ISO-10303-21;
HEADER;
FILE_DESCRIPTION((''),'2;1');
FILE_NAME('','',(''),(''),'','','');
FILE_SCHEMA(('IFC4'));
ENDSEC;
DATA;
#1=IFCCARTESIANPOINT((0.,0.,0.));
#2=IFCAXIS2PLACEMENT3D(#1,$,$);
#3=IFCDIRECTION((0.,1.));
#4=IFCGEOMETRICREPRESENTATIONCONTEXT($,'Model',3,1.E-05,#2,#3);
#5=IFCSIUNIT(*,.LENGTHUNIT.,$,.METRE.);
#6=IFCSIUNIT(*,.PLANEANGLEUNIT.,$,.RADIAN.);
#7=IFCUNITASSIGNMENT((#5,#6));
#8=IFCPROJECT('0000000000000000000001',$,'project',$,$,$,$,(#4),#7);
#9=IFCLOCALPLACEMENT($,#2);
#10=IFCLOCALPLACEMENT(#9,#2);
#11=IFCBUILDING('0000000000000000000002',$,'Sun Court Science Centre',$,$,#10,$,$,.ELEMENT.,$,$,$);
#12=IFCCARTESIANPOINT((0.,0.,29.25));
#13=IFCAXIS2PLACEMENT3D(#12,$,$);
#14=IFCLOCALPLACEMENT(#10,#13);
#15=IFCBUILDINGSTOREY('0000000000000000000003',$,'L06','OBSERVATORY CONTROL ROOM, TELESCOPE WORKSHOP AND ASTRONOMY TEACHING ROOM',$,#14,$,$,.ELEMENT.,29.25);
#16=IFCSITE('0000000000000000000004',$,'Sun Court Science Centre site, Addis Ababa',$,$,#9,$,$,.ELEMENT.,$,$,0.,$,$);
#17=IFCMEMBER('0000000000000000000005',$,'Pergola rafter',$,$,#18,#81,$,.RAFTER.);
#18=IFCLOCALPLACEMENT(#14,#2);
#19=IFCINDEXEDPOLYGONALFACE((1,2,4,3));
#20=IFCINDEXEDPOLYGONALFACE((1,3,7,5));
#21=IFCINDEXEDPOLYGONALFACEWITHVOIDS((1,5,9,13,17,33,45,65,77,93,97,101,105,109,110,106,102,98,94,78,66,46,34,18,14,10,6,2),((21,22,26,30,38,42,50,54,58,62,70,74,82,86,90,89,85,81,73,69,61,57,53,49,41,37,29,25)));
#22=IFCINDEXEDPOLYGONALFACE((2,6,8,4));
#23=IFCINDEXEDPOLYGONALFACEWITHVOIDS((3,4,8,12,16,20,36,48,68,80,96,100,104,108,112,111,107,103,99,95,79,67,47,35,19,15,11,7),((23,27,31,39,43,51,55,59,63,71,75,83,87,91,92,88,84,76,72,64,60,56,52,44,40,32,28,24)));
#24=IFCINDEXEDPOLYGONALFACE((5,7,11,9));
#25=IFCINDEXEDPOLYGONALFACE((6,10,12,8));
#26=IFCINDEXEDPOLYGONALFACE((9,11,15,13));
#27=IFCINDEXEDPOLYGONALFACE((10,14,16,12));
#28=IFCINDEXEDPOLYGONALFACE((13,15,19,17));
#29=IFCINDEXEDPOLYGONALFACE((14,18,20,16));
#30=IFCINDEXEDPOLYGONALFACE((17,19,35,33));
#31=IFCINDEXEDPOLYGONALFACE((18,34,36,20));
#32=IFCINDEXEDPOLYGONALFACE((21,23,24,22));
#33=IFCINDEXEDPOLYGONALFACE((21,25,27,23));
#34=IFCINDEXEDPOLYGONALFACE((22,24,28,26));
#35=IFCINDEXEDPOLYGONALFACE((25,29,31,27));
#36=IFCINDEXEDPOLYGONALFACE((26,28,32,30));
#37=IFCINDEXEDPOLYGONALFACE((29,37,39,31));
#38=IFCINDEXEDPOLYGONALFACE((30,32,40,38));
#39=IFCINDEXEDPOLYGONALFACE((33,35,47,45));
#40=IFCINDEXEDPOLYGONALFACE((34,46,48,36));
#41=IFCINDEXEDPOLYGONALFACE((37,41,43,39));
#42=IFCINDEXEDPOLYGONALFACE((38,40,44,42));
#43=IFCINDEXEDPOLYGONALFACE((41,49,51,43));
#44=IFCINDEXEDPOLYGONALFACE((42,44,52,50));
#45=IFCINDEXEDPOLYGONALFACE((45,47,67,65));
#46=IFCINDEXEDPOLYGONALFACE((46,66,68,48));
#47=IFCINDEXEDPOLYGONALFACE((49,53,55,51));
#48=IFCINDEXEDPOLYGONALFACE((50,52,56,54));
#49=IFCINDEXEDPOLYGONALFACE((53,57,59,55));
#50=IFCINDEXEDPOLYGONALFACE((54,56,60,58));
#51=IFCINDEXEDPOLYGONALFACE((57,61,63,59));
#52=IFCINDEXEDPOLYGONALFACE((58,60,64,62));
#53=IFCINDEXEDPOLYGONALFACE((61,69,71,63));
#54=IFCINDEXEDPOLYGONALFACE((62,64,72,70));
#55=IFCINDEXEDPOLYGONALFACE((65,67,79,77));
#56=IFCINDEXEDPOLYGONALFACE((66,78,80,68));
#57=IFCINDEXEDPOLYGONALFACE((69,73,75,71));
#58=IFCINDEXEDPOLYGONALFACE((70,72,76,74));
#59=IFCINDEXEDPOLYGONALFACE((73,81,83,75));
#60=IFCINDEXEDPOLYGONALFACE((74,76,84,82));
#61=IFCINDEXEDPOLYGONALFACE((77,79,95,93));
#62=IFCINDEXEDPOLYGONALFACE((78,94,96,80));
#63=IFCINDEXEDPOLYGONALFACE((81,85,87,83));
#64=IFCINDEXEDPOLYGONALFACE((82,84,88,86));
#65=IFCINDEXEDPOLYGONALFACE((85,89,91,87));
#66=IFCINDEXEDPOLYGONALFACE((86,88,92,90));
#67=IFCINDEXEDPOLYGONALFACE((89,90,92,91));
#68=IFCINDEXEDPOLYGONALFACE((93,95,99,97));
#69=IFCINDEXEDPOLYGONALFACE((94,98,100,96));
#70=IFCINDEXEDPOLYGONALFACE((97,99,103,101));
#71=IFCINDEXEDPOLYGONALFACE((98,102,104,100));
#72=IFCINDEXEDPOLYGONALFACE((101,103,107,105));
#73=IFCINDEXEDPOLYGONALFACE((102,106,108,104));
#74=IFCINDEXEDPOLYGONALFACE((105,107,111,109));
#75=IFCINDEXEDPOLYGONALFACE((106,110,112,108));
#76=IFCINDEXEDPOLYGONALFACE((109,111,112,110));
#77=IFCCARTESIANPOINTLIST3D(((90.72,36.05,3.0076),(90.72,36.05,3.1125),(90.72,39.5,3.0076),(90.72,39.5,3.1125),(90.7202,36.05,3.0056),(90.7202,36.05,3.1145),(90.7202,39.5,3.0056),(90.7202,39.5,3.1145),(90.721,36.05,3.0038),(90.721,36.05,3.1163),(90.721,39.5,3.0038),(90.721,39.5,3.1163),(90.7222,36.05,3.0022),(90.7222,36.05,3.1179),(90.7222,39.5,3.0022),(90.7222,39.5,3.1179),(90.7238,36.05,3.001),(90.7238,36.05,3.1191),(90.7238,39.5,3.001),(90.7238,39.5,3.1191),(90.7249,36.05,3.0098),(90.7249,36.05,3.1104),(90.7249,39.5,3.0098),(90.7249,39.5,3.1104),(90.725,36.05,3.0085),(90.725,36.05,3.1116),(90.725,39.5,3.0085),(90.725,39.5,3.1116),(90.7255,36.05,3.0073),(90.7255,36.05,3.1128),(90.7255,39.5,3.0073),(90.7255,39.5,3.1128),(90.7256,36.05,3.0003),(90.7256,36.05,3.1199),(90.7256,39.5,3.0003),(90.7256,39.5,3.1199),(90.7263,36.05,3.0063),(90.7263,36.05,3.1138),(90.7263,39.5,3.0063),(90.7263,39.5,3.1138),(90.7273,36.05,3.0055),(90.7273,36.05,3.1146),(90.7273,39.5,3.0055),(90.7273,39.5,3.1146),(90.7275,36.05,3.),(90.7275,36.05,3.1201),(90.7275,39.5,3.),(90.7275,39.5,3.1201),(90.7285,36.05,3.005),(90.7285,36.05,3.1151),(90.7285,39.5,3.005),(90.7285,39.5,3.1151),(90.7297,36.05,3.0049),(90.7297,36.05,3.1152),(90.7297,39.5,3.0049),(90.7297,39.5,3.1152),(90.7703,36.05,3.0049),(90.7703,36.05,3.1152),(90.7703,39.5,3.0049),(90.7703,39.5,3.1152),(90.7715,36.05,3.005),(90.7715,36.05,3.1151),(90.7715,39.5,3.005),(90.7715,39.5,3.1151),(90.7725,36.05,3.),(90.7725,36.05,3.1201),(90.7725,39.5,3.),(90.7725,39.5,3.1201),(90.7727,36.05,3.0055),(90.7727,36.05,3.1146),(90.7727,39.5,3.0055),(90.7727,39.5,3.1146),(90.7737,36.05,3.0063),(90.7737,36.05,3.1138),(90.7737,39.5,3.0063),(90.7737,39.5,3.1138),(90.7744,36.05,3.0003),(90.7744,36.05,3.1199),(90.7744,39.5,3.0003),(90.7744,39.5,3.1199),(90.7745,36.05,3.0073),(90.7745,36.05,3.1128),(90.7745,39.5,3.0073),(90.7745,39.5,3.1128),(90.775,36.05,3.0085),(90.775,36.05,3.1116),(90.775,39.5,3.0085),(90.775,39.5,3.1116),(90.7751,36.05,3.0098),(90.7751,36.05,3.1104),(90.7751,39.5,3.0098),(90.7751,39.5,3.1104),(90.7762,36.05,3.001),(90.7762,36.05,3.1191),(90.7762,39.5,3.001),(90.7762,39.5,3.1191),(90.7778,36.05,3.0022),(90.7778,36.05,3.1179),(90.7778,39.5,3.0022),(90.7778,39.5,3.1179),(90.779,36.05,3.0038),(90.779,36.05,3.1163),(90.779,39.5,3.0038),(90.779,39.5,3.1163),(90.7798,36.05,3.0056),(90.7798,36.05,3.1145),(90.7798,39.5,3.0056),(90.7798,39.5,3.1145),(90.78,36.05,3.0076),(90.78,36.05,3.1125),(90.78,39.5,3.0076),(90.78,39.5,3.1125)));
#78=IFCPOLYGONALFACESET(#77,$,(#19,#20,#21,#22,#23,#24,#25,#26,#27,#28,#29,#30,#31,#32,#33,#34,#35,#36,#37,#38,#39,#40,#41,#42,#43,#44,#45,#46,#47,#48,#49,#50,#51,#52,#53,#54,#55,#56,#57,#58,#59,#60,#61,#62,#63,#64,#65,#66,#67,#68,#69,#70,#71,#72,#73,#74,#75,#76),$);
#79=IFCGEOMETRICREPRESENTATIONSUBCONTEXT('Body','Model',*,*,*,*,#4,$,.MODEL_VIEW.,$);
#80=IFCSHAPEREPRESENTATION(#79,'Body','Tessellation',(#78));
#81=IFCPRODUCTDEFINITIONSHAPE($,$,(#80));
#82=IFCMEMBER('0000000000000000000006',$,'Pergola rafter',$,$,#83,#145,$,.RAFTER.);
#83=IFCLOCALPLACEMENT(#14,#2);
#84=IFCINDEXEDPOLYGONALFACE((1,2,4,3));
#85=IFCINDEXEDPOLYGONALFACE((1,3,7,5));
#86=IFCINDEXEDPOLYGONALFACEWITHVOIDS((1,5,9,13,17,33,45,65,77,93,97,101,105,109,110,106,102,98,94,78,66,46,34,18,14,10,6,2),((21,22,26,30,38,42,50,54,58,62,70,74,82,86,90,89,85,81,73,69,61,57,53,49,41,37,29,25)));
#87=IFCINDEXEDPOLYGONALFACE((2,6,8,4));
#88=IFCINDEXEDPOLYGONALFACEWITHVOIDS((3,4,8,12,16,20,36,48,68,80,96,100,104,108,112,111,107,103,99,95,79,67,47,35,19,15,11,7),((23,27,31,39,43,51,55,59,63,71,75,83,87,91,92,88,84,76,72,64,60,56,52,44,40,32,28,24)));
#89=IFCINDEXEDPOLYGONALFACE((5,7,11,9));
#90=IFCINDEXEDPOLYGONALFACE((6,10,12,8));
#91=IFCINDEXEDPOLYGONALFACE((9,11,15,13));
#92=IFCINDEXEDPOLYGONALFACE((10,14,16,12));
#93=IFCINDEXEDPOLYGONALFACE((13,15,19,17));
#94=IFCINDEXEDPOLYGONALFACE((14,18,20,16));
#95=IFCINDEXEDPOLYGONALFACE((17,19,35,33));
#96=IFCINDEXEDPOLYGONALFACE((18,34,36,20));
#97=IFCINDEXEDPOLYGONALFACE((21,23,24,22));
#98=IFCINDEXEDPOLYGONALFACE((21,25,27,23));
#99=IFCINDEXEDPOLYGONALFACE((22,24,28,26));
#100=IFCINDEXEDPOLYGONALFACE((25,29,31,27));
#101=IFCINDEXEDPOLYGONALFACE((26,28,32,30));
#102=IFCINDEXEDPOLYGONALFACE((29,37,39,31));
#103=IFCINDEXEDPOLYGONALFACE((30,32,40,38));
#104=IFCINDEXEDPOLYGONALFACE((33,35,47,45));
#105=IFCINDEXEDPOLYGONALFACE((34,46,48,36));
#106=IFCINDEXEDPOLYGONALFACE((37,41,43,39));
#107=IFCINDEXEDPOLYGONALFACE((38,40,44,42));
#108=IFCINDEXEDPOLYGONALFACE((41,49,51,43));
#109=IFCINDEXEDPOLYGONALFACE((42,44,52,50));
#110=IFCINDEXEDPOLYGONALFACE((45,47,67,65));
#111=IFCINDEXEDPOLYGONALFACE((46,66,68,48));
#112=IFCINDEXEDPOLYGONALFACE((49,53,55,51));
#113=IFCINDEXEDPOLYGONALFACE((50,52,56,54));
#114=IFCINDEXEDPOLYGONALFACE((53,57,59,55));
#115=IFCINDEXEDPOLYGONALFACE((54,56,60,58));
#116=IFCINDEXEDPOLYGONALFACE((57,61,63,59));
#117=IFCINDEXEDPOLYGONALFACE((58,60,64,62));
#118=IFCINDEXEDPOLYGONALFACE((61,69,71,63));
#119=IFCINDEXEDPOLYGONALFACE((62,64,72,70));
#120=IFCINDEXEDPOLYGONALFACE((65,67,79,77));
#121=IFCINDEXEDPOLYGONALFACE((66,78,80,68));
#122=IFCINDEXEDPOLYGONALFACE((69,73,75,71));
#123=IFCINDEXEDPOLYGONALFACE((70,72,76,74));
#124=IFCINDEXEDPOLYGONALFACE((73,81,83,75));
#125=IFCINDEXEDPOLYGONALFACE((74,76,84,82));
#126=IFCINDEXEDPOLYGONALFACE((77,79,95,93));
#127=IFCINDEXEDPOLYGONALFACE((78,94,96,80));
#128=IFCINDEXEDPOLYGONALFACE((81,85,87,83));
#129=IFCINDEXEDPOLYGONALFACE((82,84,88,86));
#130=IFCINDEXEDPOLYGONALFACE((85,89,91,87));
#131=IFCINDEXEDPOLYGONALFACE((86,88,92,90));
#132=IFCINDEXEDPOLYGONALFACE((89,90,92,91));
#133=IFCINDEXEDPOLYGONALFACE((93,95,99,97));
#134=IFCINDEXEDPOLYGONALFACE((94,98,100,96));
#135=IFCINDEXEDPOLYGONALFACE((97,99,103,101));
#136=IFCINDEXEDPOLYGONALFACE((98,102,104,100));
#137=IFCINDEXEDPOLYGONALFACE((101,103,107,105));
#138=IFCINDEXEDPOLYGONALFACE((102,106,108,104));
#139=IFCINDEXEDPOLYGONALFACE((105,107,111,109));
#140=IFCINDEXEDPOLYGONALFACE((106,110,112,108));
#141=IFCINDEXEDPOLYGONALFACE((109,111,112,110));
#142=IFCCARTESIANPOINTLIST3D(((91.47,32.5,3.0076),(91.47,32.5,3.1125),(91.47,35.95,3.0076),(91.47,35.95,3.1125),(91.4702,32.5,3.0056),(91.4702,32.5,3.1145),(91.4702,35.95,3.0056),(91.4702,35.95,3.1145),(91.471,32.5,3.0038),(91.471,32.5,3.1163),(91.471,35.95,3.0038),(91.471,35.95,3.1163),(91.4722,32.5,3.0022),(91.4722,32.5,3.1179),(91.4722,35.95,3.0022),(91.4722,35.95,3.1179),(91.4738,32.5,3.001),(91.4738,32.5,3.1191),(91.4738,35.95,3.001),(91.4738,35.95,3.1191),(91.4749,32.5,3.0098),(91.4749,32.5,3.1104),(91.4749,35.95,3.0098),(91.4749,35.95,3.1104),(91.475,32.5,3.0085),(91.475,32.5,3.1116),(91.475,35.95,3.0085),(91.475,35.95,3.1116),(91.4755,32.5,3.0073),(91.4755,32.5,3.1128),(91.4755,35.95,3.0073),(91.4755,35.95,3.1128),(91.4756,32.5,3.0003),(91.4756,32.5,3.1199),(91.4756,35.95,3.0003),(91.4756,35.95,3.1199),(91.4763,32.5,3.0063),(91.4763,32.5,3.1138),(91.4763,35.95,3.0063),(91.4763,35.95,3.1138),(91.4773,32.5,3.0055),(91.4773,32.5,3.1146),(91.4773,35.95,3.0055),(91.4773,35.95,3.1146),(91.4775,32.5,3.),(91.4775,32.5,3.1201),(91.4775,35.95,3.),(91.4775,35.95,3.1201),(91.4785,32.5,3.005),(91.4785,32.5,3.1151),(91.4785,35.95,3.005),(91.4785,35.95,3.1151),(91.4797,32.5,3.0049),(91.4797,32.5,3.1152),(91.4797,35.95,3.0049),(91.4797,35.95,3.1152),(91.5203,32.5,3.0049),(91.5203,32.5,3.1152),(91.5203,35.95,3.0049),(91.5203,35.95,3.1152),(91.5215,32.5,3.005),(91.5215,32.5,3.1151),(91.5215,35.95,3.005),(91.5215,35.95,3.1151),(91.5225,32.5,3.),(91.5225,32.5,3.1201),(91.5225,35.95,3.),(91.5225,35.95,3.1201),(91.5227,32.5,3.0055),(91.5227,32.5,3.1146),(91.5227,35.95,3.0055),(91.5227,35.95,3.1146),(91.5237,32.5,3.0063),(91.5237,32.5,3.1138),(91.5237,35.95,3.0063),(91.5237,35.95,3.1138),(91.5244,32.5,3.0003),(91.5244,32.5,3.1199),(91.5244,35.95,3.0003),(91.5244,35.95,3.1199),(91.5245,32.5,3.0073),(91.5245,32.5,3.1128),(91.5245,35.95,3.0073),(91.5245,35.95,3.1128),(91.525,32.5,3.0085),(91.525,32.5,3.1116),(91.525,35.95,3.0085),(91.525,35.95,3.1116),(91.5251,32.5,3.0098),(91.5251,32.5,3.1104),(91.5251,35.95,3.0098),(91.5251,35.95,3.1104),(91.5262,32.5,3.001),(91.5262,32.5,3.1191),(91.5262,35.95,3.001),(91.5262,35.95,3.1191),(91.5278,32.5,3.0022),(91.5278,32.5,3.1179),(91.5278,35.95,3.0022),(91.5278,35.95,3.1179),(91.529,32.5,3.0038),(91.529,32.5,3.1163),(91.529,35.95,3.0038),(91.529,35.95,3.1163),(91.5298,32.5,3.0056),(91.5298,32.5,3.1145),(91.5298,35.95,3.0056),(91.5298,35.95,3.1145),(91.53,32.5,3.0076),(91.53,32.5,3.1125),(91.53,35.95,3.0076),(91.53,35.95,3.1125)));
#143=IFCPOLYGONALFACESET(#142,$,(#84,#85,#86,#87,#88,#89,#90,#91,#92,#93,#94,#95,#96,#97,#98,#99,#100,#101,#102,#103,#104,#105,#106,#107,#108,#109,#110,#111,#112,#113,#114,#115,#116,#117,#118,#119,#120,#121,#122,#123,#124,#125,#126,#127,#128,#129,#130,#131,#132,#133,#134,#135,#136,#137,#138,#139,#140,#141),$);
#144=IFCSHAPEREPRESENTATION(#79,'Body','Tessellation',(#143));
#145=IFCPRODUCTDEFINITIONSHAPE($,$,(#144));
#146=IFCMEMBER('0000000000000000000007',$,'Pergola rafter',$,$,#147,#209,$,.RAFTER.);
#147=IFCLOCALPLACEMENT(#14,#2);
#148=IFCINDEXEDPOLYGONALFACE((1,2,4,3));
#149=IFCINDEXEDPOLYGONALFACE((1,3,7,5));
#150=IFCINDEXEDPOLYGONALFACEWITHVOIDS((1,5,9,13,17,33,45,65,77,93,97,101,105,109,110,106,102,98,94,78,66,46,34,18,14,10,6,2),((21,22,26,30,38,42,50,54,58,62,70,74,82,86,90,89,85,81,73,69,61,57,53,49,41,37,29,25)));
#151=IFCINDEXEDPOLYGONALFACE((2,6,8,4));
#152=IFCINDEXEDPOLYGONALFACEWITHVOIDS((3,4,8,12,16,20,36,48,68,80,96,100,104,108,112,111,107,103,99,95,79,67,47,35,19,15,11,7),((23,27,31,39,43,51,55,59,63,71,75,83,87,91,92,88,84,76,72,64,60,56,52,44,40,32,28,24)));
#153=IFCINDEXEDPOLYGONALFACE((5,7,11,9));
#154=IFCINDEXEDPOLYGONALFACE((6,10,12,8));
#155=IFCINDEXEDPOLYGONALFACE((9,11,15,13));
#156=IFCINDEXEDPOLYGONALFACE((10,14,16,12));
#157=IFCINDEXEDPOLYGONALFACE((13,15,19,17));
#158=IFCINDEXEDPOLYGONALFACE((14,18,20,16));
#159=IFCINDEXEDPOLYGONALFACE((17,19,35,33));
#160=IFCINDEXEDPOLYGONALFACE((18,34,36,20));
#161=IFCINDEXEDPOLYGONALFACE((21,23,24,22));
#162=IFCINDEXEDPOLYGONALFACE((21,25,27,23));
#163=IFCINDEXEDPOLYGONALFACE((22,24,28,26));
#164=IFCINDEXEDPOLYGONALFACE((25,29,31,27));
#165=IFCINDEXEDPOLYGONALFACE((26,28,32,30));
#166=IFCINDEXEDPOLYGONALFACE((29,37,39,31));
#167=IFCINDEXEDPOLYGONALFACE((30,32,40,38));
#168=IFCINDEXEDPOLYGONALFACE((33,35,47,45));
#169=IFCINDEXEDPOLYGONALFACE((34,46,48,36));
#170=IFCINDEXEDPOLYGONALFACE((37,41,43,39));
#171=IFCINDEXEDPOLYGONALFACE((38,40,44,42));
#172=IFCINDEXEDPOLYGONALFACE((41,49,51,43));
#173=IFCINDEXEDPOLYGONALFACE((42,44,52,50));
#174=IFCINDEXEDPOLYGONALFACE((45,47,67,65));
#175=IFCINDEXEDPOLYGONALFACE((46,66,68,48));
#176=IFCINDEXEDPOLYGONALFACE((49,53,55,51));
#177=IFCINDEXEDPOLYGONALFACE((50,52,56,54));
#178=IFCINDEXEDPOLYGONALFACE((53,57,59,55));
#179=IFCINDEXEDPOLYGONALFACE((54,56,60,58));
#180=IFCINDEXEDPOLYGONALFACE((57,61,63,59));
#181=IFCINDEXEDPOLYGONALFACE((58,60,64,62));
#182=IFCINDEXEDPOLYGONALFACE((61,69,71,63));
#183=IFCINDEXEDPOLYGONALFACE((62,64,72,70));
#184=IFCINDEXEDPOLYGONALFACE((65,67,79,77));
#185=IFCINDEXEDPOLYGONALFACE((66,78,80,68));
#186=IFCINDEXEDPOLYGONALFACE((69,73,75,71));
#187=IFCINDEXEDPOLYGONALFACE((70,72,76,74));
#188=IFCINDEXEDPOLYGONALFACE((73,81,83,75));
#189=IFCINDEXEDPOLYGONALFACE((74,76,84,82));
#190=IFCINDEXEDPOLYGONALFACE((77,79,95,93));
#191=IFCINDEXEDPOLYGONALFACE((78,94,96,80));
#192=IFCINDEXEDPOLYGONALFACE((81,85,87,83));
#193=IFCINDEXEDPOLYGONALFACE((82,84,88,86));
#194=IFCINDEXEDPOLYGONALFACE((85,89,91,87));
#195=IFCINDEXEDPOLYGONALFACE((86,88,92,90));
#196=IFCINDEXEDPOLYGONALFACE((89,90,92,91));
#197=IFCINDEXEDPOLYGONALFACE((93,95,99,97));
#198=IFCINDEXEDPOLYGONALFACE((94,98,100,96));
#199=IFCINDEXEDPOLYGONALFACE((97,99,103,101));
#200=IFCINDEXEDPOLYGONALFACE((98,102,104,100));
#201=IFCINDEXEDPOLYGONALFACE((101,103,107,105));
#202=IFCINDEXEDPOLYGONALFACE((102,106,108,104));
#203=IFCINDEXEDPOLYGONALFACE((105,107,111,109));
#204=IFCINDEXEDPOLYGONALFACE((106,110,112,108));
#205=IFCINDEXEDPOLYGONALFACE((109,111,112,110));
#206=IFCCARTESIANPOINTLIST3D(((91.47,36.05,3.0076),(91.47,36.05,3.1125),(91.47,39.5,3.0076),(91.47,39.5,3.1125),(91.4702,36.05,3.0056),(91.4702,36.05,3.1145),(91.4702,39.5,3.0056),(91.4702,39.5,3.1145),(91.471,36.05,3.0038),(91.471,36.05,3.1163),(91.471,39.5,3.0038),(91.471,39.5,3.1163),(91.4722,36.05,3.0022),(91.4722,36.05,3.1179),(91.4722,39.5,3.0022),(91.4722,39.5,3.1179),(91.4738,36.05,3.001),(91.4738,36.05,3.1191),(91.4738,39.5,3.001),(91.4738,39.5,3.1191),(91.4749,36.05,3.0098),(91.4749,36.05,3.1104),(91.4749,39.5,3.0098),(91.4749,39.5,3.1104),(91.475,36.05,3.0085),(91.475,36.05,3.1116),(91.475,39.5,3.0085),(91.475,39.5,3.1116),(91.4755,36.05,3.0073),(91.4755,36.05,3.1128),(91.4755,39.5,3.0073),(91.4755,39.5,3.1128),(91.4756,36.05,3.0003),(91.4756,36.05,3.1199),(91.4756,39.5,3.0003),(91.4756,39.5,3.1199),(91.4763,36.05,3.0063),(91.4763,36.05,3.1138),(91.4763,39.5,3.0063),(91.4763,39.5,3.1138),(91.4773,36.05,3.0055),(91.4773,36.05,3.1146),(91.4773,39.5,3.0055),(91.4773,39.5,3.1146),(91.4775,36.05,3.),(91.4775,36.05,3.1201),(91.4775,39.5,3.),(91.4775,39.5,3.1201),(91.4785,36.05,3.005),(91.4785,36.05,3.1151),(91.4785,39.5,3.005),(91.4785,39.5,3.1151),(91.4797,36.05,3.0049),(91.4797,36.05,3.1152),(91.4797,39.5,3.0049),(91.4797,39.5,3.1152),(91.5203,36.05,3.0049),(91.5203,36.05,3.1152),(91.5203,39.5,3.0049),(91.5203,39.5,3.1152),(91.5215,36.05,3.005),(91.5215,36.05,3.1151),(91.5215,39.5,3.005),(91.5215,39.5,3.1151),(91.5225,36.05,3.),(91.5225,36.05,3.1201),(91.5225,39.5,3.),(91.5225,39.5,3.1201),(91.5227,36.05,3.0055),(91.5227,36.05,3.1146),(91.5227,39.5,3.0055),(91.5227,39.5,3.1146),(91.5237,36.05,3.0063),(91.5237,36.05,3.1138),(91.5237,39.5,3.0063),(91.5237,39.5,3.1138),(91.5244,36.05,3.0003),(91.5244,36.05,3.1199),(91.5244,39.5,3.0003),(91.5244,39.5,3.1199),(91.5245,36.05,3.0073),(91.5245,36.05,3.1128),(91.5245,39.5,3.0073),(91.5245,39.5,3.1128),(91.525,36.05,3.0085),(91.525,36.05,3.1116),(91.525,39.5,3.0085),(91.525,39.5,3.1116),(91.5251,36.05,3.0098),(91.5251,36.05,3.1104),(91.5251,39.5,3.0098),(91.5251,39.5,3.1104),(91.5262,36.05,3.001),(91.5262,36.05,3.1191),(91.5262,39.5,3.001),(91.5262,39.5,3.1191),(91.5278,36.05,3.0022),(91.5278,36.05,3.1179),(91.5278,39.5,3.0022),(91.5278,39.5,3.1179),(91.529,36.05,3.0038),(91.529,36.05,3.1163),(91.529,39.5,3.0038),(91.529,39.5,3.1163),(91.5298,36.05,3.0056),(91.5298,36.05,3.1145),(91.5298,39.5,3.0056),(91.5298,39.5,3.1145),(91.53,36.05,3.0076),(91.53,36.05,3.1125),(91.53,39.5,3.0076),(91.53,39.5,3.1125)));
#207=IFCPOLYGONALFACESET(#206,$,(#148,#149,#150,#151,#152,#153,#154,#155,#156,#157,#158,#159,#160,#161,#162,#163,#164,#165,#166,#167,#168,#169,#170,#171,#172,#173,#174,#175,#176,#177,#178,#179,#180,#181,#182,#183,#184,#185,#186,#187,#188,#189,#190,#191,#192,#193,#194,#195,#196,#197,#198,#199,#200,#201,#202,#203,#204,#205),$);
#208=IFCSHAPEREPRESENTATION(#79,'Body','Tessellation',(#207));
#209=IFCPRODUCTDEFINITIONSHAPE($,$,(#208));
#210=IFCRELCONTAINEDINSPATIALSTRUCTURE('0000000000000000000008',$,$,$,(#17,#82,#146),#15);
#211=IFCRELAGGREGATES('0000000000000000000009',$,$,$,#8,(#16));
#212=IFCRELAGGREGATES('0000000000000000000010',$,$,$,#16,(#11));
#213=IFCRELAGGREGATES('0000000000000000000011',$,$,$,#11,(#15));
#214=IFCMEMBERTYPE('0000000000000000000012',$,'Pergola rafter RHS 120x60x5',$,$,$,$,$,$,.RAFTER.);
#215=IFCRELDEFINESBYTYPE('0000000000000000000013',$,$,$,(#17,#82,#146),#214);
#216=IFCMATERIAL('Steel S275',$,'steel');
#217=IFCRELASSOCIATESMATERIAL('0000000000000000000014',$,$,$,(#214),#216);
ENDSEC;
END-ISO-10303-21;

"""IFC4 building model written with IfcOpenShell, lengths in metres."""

from ifc_helpers import new_model, si_unit, direction, frame, origin, origin_2d, place, context, subcontext, project, spatial, hollow_rectangle, extrude, material, material_profile, profile_set, type_object, element, save


model = new_model("IFC4")

# Units and contexts
model_context = context("Model", 3, precision=1e-05, world=origin(), true_north=direction((0.0, 1.0)))
body_context = subcontext(model_context, "Body", "Model", "MODEL_VIEW")
ifc_project = project(units=[si_unit("LENGTHUNIT", "METRE"), si_unit("PLANEANGLEUNIT", "RADIAN")], contexts=[model_context])

# Site, building, storey
site_placement = place(None, origin())
site = spatial("IfcSite", under=ifc_project, at=site_placement, Name="Sun Court Science Centre site, Addis Ababa", CompositionType="ELEMENT", RefElevation=0.0)
building_placement = place(site_placement, origin())
building = spatial("IfcBuilding", under=site, at=building_placement, Name="Sun Court Science Centre", CompositionType="ELEMENT")
storey_placement = place(building_placement, frame((0.0, 0.0, 29.25)))
storey = spatial("IfcBuildingStorey", under=building, at=storey_placement, Name="L06", Description="OBSERVATORY CONTROL ROOM, TELESCOPE WORKSHOP AND ASTRONOMY TEACHING ROOM", CompositionType="ELEMENT", Elevation=29.25)

# Members
ifc_material_1 = material(Name="Steel S275", Category="steel")
ifc_material_profile_1 = material_profile(ifc_material_1, hollow_rectangle(XDim=0.0601, YDim=0.1201, WallThickness=0.0049, InnerFilletRadius=0.0049, OuterFilletRadius=0.0076, at=origin_2d()), Name="RHS 120x60x5")
ifc_profile_set_1 = profile_set([ifc_material_profile_1], Name="Steel S275")
member_type_1 = type_object("IfcMemberType", Name="Pergola rafter RHS 120x60x5", PredefinedType="RAFTER", material=ifc_profile_set_1)
for number, where, z_axis, x_axis, name in (
    (1, (90.75, 36.05, 3.0601), (0.0, 1.0, 0.0), (-1.0, 0.0, 0.0), "Pergola rafter"),
    (2, (91.5, 32.5, 3.0601), (0.0, 1.0, 0.0), (-1.0, 0.0, 0.0), "Pergola rafter"),
    (3, (91.5, 36.05, 3.0601), (0.0, 1.0, 0.0), (-1.0, 0.0, 0.0), "Pergola rafter"),
):
    element("IfcMember", number, at=place(storey_placement, frame(where, z_axis=z_axis, x_axis=x_axis)), inside=storey, type_object=member_type_1, Name=name, PredefinedType="RAFTER", context=body_context, shape_type="SweptSolid", body=[
        extrude(hollow_rectangle(XDim=0.0601, YDim=0.1201, WallThickness=0.0049, InnerFilletRadius=0.0049, OuterFilletRadius=0.0076, at=origin_2d()), origin(), (0.0, 0.0, 1.0), 3.45),
    ])

save(model, "model.ifc")
